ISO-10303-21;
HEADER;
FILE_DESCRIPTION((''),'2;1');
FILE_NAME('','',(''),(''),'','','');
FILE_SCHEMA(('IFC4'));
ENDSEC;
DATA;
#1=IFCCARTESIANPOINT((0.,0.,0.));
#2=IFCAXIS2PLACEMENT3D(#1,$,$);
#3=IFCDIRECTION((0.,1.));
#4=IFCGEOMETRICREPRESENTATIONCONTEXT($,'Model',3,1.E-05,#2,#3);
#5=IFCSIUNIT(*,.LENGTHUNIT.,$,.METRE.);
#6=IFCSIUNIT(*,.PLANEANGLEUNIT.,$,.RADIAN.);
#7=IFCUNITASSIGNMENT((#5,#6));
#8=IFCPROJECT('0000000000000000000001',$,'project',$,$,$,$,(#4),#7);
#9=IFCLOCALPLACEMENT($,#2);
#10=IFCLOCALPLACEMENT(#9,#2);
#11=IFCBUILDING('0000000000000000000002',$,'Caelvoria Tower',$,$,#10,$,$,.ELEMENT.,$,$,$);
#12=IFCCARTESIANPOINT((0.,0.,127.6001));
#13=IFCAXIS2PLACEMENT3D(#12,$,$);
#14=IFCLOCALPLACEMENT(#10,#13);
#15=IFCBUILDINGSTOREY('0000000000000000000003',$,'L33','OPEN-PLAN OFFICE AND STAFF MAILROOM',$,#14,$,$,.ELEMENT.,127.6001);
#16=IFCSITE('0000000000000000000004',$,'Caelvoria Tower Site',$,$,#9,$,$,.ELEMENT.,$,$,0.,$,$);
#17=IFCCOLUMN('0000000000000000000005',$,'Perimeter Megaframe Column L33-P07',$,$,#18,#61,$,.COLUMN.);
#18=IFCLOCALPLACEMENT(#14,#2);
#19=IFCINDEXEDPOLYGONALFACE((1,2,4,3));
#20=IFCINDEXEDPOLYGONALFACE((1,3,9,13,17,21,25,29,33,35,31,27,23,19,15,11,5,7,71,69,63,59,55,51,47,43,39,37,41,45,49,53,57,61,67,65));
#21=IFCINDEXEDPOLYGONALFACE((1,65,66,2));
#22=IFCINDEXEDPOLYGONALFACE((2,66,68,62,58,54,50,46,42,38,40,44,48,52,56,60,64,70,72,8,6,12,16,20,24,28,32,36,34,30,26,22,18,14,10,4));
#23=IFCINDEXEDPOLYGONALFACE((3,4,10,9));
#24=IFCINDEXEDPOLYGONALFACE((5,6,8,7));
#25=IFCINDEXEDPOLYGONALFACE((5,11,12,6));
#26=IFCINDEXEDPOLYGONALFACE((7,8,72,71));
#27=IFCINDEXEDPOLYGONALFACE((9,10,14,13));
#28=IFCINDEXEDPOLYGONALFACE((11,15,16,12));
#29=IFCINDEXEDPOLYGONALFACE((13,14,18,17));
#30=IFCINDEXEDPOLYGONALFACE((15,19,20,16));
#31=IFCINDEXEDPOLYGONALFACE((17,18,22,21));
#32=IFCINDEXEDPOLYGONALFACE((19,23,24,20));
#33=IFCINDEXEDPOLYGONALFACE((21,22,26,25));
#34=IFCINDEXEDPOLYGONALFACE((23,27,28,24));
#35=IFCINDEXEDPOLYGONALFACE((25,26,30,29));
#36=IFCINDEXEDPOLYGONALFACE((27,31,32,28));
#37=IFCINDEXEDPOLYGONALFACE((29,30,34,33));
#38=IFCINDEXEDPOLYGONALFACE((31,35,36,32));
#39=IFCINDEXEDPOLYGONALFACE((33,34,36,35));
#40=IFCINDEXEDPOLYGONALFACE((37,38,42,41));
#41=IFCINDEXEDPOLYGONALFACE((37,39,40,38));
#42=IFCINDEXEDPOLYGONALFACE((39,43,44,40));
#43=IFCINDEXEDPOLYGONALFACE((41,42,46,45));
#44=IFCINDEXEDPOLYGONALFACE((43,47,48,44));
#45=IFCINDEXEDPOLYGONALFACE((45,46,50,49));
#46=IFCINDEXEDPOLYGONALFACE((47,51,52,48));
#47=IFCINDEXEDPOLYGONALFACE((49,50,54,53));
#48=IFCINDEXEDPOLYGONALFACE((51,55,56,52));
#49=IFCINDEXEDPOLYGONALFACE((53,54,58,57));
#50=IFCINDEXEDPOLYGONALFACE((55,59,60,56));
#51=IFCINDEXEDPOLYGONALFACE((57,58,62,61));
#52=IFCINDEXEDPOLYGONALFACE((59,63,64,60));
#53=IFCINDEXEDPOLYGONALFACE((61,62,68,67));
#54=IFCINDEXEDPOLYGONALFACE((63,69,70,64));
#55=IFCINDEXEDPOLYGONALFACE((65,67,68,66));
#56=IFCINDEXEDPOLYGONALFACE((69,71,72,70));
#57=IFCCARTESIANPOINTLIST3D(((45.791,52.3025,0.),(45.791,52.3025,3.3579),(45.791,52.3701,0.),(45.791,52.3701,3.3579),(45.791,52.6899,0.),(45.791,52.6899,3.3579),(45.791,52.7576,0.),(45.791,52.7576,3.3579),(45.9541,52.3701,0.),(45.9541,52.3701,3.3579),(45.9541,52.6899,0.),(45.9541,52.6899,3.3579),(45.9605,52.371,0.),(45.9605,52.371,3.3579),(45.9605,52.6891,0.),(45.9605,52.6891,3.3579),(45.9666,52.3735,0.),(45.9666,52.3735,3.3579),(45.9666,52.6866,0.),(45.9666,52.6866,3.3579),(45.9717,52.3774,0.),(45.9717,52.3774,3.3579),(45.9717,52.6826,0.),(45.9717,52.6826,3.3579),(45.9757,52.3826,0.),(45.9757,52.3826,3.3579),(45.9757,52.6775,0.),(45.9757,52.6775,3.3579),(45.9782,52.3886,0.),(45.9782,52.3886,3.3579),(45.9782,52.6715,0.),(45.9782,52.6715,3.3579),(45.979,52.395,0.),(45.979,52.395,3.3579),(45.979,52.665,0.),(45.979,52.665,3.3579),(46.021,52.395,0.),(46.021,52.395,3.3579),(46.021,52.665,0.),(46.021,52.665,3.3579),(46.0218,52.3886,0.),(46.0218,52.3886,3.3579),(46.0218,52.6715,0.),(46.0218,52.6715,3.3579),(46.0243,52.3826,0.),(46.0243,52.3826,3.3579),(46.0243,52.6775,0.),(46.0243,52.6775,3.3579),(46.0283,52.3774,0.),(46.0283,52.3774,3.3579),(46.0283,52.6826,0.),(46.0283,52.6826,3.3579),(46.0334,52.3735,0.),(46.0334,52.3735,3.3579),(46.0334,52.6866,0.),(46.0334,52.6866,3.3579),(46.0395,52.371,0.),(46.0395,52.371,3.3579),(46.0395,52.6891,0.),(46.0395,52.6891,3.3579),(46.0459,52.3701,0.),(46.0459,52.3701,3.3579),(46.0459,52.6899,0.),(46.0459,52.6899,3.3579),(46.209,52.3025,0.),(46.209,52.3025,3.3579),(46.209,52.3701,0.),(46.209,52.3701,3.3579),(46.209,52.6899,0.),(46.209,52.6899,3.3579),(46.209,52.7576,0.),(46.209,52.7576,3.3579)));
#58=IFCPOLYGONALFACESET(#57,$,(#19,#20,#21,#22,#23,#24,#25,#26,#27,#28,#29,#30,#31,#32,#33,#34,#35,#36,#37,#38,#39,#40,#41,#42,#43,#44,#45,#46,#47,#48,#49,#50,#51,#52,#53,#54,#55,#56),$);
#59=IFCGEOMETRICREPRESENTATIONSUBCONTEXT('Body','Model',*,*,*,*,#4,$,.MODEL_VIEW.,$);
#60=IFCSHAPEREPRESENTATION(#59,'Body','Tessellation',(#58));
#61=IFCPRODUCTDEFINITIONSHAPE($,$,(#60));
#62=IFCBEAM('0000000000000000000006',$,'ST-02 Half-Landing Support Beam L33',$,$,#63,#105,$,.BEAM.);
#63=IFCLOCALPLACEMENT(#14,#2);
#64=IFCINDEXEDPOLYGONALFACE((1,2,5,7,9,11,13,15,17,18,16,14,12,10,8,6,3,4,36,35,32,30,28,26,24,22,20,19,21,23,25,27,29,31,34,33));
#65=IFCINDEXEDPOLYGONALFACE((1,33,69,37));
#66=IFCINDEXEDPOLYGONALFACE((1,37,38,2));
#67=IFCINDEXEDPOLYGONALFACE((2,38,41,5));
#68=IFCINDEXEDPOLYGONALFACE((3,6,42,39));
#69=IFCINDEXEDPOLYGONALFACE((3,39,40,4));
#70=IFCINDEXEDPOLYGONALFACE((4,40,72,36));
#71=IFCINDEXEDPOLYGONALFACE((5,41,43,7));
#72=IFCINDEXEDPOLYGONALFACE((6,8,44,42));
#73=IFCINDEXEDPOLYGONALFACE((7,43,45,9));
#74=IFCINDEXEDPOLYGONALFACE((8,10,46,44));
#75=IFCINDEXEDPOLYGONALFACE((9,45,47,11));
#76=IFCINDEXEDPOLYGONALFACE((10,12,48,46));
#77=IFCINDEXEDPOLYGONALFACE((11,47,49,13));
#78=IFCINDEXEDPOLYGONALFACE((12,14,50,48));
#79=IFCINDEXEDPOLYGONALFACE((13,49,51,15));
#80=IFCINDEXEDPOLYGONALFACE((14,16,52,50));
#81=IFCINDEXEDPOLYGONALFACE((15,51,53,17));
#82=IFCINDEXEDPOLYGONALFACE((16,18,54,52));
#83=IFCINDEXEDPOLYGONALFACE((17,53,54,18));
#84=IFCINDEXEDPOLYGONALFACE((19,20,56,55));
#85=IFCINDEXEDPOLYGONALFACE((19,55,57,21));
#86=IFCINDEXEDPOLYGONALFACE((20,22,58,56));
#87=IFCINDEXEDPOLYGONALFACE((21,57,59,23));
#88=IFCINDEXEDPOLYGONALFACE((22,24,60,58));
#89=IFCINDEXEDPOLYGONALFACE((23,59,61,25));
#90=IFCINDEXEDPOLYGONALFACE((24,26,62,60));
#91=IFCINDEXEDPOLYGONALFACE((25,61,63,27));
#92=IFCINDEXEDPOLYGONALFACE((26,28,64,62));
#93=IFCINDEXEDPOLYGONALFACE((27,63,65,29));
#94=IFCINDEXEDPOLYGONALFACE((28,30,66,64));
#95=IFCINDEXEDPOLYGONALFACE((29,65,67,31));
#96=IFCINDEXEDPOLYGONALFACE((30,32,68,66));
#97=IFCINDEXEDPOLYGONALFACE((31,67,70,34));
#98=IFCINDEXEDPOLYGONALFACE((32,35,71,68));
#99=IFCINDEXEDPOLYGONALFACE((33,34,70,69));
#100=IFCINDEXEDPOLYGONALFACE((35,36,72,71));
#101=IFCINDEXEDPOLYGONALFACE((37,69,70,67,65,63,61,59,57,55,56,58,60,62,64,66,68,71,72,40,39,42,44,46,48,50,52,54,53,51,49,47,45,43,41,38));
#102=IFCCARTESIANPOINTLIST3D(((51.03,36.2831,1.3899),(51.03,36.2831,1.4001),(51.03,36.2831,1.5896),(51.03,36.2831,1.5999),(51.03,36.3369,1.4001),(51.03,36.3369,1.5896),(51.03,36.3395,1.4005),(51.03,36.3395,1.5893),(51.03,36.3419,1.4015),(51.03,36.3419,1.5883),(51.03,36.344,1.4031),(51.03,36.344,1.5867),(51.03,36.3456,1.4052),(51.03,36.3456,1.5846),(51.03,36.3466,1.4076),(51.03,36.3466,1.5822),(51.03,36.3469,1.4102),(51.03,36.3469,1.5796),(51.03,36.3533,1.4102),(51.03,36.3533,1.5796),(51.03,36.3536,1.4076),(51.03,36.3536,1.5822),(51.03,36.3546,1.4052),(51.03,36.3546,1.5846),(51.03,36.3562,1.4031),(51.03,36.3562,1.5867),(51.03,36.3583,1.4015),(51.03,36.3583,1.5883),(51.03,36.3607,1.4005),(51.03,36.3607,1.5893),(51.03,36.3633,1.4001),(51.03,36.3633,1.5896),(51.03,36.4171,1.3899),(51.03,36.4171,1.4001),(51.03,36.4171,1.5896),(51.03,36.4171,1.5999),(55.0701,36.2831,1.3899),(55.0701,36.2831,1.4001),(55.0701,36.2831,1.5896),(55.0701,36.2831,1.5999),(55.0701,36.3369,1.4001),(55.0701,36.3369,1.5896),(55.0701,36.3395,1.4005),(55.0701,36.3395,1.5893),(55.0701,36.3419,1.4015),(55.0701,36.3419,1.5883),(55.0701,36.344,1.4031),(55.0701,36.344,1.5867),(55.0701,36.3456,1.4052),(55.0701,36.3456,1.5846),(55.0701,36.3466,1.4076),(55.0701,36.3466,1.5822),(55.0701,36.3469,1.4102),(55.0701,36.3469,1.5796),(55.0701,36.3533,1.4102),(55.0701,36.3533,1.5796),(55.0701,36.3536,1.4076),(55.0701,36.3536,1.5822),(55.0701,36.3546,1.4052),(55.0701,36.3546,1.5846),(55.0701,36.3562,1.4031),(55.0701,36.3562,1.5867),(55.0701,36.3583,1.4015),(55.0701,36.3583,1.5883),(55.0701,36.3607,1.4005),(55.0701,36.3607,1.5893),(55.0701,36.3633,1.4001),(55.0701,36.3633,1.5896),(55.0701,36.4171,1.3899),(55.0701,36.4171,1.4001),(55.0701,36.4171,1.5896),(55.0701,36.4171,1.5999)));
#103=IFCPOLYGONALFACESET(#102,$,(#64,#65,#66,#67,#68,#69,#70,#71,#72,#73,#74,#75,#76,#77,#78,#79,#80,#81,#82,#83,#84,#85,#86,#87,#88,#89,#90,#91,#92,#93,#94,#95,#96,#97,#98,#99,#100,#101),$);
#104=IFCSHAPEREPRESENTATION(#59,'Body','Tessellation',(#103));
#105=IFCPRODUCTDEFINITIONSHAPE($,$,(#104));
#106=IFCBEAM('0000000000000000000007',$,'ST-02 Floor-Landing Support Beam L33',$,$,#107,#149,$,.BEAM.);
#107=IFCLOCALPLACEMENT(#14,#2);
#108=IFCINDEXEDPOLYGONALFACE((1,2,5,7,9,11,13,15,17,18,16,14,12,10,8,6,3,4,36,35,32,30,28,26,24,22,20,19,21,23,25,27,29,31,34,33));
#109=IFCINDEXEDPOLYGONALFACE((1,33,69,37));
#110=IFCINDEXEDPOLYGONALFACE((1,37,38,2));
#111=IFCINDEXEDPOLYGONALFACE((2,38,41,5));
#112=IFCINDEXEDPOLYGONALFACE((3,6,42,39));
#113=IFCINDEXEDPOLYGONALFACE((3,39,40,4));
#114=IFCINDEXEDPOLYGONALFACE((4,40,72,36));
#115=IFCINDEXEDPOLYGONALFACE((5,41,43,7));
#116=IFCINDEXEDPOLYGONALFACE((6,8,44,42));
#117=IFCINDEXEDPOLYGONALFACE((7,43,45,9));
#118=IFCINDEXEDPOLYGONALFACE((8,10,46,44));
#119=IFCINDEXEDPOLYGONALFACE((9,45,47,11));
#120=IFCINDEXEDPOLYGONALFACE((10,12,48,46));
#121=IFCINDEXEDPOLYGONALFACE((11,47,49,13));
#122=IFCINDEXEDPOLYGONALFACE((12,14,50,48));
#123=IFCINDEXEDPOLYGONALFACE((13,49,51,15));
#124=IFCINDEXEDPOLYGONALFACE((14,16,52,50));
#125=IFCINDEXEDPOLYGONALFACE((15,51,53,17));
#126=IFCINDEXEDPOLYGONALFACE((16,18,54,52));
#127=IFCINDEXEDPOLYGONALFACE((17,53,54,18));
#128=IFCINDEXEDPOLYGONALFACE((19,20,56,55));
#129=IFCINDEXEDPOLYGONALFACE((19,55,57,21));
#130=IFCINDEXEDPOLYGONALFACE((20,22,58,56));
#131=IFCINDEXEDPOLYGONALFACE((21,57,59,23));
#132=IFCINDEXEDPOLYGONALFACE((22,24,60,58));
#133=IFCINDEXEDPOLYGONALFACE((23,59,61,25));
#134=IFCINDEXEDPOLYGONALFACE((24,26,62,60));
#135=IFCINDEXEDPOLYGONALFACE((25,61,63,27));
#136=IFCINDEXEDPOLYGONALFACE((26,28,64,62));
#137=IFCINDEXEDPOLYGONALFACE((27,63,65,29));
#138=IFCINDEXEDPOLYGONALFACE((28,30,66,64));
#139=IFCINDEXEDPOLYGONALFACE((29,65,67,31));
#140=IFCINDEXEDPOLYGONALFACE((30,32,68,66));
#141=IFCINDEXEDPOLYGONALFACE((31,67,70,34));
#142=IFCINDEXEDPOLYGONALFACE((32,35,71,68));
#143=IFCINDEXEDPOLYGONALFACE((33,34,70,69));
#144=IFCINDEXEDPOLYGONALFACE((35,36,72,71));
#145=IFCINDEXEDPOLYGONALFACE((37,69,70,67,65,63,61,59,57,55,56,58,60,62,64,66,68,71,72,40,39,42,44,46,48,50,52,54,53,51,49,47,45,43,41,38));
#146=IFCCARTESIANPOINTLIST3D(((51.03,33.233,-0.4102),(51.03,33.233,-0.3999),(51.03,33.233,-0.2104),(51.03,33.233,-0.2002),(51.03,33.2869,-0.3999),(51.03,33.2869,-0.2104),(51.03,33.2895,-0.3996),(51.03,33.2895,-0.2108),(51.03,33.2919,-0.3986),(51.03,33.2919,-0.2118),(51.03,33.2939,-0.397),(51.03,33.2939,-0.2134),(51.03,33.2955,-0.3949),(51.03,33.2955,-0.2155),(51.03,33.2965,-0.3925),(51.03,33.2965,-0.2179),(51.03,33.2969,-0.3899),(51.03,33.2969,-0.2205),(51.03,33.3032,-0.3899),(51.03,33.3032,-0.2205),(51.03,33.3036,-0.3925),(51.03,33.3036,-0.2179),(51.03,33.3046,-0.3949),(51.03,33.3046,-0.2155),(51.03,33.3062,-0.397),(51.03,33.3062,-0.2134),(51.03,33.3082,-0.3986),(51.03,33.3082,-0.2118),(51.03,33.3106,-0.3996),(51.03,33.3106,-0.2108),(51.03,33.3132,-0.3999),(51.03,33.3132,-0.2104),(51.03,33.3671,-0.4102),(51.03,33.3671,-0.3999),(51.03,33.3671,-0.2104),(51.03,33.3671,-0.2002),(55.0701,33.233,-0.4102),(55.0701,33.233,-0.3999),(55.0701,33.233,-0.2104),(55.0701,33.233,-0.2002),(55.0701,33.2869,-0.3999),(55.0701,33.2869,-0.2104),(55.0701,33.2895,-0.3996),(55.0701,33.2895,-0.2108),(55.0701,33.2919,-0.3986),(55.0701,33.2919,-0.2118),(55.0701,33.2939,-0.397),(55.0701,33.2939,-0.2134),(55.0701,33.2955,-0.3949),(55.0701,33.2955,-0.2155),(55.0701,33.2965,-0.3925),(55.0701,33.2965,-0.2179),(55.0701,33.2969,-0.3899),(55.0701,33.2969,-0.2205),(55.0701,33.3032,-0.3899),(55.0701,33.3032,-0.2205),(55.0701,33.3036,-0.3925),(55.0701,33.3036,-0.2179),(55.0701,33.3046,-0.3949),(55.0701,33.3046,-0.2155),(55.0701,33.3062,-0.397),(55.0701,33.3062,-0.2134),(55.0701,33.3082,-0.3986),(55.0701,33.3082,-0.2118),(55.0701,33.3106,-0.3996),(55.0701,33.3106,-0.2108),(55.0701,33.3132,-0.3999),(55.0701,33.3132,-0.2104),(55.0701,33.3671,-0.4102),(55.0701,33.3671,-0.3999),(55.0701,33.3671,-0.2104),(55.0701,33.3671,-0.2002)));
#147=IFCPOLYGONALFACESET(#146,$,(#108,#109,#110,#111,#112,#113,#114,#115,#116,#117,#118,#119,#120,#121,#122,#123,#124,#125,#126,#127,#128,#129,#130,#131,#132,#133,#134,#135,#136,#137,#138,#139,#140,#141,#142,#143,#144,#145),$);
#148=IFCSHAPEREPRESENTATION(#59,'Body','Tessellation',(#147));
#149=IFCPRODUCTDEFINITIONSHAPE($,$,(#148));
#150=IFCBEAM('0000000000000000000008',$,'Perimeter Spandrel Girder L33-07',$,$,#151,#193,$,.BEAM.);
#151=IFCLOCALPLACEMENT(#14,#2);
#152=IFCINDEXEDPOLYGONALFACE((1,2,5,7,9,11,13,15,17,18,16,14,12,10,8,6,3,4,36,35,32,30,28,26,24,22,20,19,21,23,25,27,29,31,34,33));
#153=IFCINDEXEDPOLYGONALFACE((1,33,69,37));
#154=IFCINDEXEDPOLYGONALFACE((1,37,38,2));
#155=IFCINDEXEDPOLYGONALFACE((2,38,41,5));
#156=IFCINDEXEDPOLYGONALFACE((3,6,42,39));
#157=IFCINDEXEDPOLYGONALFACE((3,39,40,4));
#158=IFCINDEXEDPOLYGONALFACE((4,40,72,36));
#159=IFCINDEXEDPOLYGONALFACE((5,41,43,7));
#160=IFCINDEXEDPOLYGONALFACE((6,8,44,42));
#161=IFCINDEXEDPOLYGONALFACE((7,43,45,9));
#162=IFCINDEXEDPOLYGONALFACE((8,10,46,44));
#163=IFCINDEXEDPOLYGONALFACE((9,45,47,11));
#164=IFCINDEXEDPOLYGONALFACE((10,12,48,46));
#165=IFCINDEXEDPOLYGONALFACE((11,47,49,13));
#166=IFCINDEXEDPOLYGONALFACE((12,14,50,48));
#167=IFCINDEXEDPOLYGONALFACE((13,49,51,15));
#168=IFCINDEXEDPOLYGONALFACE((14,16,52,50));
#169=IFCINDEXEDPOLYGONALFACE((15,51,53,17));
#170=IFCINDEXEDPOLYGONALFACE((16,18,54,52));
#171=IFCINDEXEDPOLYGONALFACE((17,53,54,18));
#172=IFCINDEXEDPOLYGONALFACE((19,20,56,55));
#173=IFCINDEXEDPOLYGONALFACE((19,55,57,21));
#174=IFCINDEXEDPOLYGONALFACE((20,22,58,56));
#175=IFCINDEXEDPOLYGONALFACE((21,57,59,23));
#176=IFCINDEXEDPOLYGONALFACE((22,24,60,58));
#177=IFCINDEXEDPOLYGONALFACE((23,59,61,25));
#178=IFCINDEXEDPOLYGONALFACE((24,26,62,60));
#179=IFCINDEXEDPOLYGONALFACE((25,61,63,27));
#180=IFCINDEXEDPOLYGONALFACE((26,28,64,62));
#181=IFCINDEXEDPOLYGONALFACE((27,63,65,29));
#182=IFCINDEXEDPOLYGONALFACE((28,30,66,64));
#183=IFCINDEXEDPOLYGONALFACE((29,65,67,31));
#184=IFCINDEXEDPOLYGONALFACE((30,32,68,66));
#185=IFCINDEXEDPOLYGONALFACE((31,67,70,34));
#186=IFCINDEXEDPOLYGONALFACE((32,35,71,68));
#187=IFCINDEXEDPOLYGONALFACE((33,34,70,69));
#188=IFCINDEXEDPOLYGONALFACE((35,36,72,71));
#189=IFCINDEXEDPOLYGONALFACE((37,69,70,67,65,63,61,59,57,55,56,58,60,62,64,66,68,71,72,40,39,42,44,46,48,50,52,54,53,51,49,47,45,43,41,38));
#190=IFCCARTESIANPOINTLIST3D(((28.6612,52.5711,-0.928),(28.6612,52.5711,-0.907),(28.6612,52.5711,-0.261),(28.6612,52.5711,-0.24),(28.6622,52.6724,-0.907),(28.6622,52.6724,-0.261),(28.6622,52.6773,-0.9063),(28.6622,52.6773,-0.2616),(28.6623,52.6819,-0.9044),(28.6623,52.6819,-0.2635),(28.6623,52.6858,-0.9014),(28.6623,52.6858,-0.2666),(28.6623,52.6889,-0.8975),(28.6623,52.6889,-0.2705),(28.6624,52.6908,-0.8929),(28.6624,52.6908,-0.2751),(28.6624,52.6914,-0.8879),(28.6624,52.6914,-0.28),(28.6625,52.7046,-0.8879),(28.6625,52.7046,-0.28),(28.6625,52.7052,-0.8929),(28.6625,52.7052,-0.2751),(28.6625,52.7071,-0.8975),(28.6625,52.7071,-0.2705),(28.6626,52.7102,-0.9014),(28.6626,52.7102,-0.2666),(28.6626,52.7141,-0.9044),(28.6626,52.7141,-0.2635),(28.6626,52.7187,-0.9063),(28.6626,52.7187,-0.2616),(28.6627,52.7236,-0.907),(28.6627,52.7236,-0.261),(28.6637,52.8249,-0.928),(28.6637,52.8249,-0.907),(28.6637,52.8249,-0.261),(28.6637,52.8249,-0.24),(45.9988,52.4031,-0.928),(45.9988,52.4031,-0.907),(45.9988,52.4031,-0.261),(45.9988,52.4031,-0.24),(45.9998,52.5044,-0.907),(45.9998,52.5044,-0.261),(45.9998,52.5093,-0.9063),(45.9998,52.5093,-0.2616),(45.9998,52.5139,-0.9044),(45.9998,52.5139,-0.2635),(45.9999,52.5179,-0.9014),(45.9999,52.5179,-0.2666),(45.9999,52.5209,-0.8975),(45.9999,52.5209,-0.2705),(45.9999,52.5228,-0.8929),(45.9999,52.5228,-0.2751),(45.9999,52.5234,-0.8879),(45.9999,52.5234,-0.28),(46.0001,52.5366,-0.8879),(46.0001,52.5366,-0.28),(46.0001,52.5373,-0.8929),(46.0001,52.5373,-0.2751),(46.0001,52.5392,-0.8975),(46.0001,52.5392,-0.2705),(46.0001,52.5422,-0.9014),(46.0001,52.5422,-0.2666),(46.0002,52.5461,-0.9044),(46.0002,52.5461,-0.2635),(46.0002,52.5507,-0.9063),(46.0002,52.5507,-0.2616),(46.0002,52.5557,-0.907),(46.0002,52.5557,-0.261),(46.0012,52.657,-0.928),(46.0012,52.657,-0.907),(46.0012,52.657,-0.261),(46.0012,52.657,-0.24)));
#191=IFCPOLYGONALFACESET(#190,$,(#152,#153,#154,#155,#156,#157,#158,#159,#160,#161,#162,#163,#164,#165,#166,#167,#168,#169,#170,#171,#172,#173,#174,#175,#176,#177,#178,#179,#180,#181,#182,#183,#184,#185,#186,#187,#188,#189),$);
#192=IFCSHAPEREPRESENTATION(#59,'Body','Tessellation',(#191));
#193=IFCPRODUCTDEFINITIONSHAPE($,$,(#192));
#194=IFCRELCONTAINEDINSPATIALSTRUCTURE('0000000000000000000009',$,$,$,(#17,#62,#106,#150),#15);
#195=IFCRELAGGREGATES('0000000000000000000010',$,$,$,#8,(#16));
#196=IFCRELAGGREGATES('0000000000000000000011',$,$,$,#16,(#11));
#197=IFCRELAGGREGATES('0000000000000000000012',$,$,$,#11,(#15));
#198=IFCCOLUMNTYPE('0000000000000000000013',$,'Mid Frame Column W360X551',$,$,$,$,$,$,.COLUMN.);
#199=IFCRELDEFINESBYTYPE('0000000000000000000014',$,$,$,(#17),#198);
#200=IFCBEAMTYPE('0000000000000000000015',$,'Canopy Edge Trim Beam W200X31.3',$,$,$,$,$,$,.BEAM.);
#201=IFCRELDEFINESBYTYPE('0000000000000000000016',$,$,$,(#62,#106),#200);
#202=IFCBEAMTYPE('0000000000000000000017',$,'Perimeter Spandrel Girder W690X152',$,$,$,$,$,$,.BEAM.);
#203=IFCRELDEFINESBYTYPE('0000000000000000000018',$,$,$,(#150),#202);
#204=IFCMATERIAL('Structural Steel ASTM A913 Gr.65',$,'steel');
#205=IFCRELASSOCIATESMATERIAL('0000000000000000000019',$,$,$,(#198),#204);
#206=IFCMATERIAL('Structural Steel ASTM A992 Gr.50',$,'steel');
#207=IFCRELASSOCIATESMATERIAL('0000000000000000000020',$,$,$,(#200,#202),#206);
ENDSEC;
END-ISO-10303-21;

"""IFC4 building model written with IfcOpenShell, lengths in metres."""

from ifc_helpers import new_model, si_unit, direction, frame, origin, origin_2d, place, context, subcontext, project, spatial, i_section, extrude, material, material_profile, profile_set, type_object, element, save


model = new_model("IFC4")

# Units and contexts
model_context = context("Model", 3, precision=1e-05, world=origin(), true_north=direction((0.0, 1.0)))
body_context = subcontext(model_context, "Body", "Model", "MODEL_VIEW")
ifc_project = project(units=[si_unit("LENGTHUNIT", "METRE"), si_unit("PLANEANGLEUNIT", "RADIAN")], contexts=[model_context])

# Site, building, storey
site_placement = place(None, origin())
site = spatial("IfcSite", under=ifc_project, at=site_placement, Name="Caelvoria Tower Site", CompositionType="ELEMENT", RefElevation=0.0)
building_placement = place(site_placement, origin())
building = spatial("IfcBuilding", under=site, at=building_placement, Name="Caelvoria Tower", CompositionType="ELEMENT")
storey_placement = place(building_placement, frame((0.0, 0.0, 127.6001)))
storey = spatial("IfcBuildingStorey", under=building, at=storey_placement, Name="L33", Description="OPEN-PLAN OFFICE AND STAFF MAILROOM", CompositionType="ELEMENT", Elevation=127.6001)

# Column
ifc_material_1 = material(Name="Structural Steel ASTM A913 Gr.65", Category="steel")
ifc_material_profile_1 = material_profile(ifc_material_1, i_section(OverallWidth=0.418, OverallDepth=0.4551, WebThickness=0.042, FlangeThickness=0.0676, FilletRadius=0.0249, at=origin_2d()), Name="Structural Steel ASTM A913 Gr.65")
ifc_profile_set_1 = profile_set([ifc_material_profile_1], Name="W360X551 - Structural Steel ASTM A913 Gr.65")
column_type = type_object("IfcColumnType", Name="Mid Frame Column W360X551", PredefinedType="COLUMN", material=ifc_profile_set_1)
column_placement = place(storey_placement, frame((46.0, 52.53, 0.0), z_axis=(0.0, 0.0, 1.0), x_axis=(1.0, 0.0, 0.0)))
element("IfcColumn", 1, at=column_placement, inside=storey, type_object=column_type, Name="Perimeter Megaframe Column L33-P07", PredefinedType="COLUMN", context=body_context, shape_type="SweptSolid", body=[
    extrude(i_section(OverallWidth=0.418, OverallDepth=0.4551, WebThickness=0.042, FlangeThickness=0.0676, FilletRadius=0.0249, at=origin_2d()), origin(), (0.0, 0.0, 1.0), 3.3579),
])

# Beams
ifc_material_2 = material(Name="Structural Steel ASTM A992 Gr.50", Category="steel")
ifc_material_profile_2 = material_profile(ifc_material_2, i_section(OverallWidth=0.134, OverallDepth=0.21, WebThickness=0.0063, FlangeThickness=0.0103, FilletRadius=0.01, at=origin_2d()), Name="Structural Steel ASTM A992 Gr.50")
ifc_profile_set_2 = profile_set([ifc_material_profile_2], Name="W200X31.3 - Structural Steel ASTM A992 Gr.50")
beam_type_1 = type_object("IfcBeamType", Name="Canopy Edge Trim Beam W200X31.3", PredefinedType="BEAM", material=ifc_profile_set_2)
for number, where, z_axis, x_axis, name in (
    (2, (51.03, 36.3501, 1.4949), (1.0, 0.0, 0.0), (0.0, 1.0, 0.0), "ST-02 Half-Landing Support Beam L33"),
    (3, (51.03, 33.3, -0.3052), (1.0, 0.0, 0.0), (0.0, 1.0, 0.0), "ST-02 Floor-Landing Support Beam L33"),
):
    element("IfcBeam", number, at=place(storey_placement, frame(where, z_axis=z_axis, x_axis=x_axis)), inside=storey, type_object=beam_type_1, Name=name, PredefinedType="BEAM", context=body_context, shape_type="SweptSolid", body=[
        extrude(i_section(OverallWidth=0.134, OverallDepth=0.21, WebThickness=0.0063, FlangeThickness=0.0103, FilletRadius=0.01, at=origin_2d()), origin(), (0.0, 0.0, 1.0), 4.04),
    ])
ifc_material_profile_3 = material_profile(ifc_material_2, i_section(OverallWidth=0.2539, OverallDepth=0.688, WebThickness=0.0132, FlangeThickness=0.021, FilletRadius=0.019, at=origin_2d()), Name="Structural Steel ASTM A992 Gr.50")
ifc_profile_set_3 = profile_set([ifc_material_profile_3], Name="W690X152 - Structural Steel ASTM A992 Gr.50")
beam_type_2 = type_object("IfcBeamType", Name="Perimeter Spandrel Girder W690X152", PredefinedType="BEAM", material=ifc_profile_set_3)
beam_1_placement = place(storey_placement, frame((46.0, 52.53, -0.584), z_axis=(-0.999953, 0.009688, 0.0), x_axis=(-0.009688, -0.999953, 0.0)))
element("IfcBeam", 4, at=beam_1_placement, inside=storey, type_object=beam_type_2, Name="Perimeter Spandrel Girder L33-07", PredefinedType="BEAM", context=body_context, shape_type="SweptSolid", body=[
    extrude(i_section(OverallWidth=0.2539, OverallDepth=0.688, WebThickness=0.0132, FlangeThickness=0.021, FilletRadius=0.019, at=origin_2d()), origin(), (0.0, 0.0, 1.0), 17.3384),
])

save(model, "model.ifc")
